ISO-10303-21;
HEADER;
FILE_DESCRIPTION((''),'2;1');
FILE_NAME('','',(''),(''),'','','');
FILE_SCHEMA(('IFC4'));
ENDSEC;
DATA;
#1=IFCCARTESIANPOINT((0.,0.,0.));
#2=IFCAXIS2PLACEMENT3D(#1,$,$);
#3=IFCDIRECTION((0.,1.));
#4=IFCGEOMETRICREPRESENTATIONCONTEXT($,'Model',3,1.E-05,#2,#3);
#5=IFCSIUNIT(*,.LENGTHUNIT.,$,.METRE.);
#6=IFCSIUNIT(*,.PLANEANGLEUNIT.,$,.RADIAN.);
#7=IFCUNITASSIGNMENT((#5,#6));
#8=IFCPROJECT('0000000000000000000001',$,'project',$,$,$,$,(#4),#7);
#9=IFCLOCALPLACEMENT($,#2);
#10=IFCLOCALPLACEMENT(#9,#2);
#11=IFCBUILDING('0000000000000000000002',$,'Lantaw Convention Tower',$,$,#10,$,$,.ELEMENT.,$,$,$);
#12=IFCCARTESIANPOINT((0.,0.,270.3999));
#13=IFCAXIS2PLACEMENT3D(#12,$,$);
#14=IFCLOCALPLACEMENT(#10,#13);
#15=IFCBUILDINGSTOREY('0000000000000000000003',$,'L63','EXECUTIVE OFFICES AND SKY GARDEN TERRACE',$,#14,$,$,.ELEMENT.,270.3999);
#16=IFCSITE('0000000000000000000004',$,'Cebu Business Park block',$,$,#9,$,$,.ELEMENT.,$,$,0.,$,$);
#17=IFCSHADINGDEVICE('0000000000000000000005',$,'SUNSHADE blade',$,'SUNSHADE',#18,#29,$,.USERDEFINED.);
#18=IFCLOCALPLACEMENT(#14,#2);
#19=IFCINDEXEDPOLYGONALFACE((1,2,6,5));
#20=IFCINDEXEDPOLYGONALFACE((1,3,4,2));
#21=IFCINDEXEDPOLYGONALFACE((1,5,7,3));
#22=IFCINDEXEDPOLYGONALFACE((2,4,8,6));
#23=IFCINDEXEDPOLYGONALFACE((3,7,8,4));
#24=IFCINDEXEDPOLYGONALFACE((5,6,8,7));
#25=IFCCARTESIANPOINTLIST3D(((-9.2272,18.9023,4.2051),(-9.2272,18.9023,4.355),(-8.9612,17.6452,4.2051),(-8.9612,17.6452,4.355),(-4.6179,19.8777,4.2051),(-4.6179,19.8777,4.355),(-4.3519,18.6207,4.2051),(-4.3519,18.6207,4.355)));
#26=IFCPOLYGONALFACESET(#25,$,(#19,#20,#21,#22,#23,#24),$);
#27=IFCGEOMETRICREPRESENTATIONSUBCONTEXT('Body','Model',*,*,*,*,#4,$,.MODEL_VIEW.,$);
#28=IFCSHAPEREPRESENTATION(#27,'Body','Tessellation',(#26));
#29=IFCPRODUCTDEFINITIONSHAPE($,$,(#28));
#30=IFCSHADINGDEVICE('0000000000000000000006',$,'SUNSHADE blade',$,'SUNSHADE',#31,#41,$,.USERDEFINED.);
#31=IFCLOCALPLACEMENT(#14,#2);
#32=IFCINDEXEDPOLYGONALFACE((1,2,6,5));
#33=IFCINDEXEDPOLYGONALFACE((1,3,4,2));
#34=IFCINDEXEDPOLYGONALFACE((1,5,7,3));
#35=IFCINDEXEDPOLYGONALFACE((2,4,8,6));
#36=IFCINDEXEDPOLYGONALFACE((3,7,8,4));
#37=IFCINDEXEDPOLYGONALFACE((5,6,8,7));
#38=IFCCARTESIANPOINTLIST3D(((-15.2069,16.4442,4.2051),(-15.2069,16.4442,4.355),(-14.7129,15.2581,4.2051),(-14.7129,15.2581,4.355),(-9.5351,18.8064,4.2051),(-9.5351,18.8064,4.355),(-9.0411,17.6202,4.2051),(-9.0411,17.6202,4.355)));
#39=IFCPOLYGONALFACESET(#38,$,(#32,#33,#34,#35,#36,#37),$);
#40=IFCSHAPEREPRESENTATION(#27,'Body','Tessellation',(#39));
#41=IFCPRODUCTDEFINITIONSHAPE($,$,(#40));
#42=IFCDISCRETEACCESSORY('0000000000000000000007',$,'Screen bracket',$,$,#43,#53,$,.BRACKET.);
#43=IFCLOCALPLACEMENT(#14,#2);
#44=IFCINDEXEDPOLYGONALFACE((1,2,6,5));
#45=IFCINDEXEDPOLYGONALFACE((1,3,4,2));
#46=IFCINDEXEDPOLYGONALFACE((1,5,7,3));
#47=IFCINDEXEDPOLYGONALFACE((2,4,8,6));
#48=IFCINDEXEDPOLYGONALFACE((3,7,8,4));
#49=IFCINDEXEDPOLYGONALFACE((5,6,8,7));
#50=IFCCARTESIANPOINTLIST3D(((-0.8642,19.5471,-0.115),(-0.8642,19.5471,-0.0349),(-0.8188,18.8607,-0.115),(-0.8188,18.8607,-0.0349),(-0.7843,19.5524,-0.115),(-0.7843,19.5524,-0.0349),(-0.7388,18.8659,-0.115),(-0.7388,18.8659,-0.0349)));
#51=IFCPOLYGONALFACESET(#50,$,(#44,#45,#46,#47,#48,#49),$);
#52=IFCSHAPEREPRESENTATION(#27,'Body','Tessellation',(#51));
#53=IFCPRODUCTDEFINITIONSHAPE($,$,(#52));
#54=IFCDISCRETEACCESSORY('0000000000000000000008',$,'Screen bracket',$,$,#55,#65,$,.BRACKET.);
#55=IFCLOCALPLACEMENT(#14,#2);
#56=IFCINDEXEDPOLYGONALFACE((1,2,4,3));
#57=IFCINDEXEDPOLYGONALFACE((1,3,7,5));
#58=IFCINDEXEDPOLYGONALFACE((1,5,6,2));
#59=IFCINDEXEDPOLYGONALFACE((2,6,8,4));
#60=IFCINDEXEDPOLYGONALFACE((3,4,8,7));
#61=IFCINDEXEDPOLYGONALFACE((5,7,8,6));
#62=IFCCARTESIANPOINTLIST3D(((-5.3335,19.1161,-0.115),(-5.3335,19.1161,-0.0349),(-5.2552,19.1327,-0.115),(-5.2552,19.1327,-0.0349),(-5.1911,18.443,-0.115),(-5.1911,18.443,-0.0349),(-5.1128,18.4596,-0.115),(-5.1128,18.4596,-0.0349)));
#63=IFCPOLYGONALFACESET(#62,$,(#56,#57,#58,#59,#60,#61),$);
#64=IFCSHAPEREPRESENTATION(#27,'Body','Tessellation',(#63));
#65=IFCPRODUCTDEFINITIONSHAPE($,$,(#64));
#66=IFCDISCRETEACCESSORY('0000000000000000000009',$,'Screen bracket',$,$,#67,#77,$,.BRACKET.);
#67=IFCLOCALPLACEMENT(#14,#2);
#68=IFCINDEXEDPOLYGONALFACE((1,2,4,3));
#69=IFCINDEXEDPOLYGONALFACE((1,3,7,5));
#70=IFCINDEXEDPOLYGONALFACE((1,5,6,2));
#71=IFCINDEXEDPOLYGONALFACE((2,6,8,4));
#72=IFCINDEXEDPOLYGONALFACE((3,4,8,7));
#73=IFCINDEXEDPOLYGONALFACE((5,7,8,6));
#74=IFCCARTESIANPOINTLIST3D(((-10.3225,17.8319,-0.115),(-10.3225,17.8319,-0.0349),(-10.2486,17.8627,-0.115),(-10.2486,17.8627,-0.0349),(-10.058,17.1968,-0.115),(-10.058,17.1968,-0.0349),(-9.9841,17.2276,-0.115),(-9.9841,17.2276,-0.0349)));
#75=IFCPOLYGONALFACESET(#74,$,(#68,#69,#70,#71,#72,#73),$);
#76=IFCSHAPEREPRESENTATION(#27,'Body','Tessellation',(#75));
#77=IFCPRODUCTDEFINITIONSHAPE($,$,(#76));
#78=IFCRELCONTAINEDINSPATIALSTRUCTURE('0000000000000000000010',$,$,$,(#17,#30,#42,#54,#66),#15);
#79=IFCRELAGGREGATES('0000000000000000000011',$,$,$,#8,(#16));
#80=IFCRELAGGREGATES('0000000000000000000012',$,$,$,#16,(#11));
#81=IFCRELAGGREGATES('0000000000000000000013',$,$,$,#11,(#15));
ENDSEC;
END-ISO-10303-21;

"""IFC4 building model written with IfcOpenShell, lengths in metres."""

from ifc_helpers import new_model, si_unit, direction, frame, origin, origin_2d, place, context, subcontext, project, spatial, rectangle, extrude, element, save


model = new_model("IFC4")

# Units and contexts
model_context = context("Model", 3, precision=1e-05, world=origin(), true_north=direction((0.0, 1.0)))
body_context = subcontext(model_context, "Body", "Model", "MODEL_VIEW")
ifc_project = project(units=[si_unit("LENGTHUNIT", "METRE"), si_unit("PLANEANGLEUNIT", "RADIAN")], contexts=[model_context])

# Site, building, storey
site_placement = place(None, origin())
site = spatial("IfcSite", under=ifc_project, at=site_placement, Name="Cebu Business Park block", CompositionType="ELEMENT", RefElevation=0.0)
building_placement = place(site_placement, origin())
building = spatial("IfcBuilding", under=site, at=building_placement, Name="Lantaw Convention Tower", CompositionType="ELEMENT")
storey_placement = place(building_placement, frame((0.0, 0.0, 270.3999)))
storey = spatial("IfcBuildingStorey", under=building, at=storey_placement, Name="L63", Description="EXECUTIVE OFFICES AND SKY GARDEN TERRACE", CompositionType="ELEMENT", Elevation=270.3999)

# Shading devices
shading_device_1_placement = place(storey_placement, frame((-6.7896, 18.7615, 4.2051), z_axis=(0.0, 0.0, 1.0), x_axis=(-0.978332, -0.20704, 0.0)))
element("IfcShadingDevice", 1, at=shading_device_1_placement, inside=storey, Name="SUNSHADE blade", ObjectType="SUNSHADE", PredefinedType="USERDEFINED", context=body_context, shape_type="SweptSolid", body=[
    extrude(rectangle(XDim=4.7114, YDim=1.2849, at=origin_2d()), origin(), (0.0, 0.0, 1.0), 0.1499),
])
shading_device_2_placement = place(storey_placement, frame((-12.124, 17.0322, 4.2051), z_axis=(0.0, 0.0, 1.0), x_axis=(-0.923142, -0.38446, 0.0)))
element("IfcShadingDevice", 2, at=shading_device_2_placement, inside=storey, Name="SUNSHADE blade", ObjectType="SUNSHADE", PredefinedType="USERDEFINED", context=body_context, shape_type="SweptSolid", body=[
    extrude(rectangle(XDim=6.144, YDim=1.2849, at=origin_2d()), origin(), (0.0, 0.0, 1.0), 0.1499),
])

# Discrete accessories
for number, where, z_axis, x_axis, name in (
    (3, (-0.8015, 19.2065, -0.115), (0.0, 0.0, 1.0), (-0.997818, -0.066025, 0.0), "Screen bracket"),
    (4, (-5.2231, 18.7878, -0.115), (0.0, 0.0, 1.0), (-0.978332, -0.20704, 0.0), "Screen bracket"),
    (5, (-10.1533, 17.5298, -0.115), (0.0, 0.0, 1.0), (-0.923142, -0.38446, 0.0), "Screen bracket"),
):
    element("IfcDiscreteAccessory", number, at=place(storey_placement, frame(where, z_axis=z_axis, x_axis=x_axis)), inside=storey, Name=name, PredefinedType="BRACKET", context=body_context, shape_type="SweptSolid", body=[
        extrude(rectangle(XDim=0.0801, YDim=0.688, at=origin_2d()), origin(), (0.0, 0.0, 1.0), 0.0801),
    ])

save(model, "model.ifc")
